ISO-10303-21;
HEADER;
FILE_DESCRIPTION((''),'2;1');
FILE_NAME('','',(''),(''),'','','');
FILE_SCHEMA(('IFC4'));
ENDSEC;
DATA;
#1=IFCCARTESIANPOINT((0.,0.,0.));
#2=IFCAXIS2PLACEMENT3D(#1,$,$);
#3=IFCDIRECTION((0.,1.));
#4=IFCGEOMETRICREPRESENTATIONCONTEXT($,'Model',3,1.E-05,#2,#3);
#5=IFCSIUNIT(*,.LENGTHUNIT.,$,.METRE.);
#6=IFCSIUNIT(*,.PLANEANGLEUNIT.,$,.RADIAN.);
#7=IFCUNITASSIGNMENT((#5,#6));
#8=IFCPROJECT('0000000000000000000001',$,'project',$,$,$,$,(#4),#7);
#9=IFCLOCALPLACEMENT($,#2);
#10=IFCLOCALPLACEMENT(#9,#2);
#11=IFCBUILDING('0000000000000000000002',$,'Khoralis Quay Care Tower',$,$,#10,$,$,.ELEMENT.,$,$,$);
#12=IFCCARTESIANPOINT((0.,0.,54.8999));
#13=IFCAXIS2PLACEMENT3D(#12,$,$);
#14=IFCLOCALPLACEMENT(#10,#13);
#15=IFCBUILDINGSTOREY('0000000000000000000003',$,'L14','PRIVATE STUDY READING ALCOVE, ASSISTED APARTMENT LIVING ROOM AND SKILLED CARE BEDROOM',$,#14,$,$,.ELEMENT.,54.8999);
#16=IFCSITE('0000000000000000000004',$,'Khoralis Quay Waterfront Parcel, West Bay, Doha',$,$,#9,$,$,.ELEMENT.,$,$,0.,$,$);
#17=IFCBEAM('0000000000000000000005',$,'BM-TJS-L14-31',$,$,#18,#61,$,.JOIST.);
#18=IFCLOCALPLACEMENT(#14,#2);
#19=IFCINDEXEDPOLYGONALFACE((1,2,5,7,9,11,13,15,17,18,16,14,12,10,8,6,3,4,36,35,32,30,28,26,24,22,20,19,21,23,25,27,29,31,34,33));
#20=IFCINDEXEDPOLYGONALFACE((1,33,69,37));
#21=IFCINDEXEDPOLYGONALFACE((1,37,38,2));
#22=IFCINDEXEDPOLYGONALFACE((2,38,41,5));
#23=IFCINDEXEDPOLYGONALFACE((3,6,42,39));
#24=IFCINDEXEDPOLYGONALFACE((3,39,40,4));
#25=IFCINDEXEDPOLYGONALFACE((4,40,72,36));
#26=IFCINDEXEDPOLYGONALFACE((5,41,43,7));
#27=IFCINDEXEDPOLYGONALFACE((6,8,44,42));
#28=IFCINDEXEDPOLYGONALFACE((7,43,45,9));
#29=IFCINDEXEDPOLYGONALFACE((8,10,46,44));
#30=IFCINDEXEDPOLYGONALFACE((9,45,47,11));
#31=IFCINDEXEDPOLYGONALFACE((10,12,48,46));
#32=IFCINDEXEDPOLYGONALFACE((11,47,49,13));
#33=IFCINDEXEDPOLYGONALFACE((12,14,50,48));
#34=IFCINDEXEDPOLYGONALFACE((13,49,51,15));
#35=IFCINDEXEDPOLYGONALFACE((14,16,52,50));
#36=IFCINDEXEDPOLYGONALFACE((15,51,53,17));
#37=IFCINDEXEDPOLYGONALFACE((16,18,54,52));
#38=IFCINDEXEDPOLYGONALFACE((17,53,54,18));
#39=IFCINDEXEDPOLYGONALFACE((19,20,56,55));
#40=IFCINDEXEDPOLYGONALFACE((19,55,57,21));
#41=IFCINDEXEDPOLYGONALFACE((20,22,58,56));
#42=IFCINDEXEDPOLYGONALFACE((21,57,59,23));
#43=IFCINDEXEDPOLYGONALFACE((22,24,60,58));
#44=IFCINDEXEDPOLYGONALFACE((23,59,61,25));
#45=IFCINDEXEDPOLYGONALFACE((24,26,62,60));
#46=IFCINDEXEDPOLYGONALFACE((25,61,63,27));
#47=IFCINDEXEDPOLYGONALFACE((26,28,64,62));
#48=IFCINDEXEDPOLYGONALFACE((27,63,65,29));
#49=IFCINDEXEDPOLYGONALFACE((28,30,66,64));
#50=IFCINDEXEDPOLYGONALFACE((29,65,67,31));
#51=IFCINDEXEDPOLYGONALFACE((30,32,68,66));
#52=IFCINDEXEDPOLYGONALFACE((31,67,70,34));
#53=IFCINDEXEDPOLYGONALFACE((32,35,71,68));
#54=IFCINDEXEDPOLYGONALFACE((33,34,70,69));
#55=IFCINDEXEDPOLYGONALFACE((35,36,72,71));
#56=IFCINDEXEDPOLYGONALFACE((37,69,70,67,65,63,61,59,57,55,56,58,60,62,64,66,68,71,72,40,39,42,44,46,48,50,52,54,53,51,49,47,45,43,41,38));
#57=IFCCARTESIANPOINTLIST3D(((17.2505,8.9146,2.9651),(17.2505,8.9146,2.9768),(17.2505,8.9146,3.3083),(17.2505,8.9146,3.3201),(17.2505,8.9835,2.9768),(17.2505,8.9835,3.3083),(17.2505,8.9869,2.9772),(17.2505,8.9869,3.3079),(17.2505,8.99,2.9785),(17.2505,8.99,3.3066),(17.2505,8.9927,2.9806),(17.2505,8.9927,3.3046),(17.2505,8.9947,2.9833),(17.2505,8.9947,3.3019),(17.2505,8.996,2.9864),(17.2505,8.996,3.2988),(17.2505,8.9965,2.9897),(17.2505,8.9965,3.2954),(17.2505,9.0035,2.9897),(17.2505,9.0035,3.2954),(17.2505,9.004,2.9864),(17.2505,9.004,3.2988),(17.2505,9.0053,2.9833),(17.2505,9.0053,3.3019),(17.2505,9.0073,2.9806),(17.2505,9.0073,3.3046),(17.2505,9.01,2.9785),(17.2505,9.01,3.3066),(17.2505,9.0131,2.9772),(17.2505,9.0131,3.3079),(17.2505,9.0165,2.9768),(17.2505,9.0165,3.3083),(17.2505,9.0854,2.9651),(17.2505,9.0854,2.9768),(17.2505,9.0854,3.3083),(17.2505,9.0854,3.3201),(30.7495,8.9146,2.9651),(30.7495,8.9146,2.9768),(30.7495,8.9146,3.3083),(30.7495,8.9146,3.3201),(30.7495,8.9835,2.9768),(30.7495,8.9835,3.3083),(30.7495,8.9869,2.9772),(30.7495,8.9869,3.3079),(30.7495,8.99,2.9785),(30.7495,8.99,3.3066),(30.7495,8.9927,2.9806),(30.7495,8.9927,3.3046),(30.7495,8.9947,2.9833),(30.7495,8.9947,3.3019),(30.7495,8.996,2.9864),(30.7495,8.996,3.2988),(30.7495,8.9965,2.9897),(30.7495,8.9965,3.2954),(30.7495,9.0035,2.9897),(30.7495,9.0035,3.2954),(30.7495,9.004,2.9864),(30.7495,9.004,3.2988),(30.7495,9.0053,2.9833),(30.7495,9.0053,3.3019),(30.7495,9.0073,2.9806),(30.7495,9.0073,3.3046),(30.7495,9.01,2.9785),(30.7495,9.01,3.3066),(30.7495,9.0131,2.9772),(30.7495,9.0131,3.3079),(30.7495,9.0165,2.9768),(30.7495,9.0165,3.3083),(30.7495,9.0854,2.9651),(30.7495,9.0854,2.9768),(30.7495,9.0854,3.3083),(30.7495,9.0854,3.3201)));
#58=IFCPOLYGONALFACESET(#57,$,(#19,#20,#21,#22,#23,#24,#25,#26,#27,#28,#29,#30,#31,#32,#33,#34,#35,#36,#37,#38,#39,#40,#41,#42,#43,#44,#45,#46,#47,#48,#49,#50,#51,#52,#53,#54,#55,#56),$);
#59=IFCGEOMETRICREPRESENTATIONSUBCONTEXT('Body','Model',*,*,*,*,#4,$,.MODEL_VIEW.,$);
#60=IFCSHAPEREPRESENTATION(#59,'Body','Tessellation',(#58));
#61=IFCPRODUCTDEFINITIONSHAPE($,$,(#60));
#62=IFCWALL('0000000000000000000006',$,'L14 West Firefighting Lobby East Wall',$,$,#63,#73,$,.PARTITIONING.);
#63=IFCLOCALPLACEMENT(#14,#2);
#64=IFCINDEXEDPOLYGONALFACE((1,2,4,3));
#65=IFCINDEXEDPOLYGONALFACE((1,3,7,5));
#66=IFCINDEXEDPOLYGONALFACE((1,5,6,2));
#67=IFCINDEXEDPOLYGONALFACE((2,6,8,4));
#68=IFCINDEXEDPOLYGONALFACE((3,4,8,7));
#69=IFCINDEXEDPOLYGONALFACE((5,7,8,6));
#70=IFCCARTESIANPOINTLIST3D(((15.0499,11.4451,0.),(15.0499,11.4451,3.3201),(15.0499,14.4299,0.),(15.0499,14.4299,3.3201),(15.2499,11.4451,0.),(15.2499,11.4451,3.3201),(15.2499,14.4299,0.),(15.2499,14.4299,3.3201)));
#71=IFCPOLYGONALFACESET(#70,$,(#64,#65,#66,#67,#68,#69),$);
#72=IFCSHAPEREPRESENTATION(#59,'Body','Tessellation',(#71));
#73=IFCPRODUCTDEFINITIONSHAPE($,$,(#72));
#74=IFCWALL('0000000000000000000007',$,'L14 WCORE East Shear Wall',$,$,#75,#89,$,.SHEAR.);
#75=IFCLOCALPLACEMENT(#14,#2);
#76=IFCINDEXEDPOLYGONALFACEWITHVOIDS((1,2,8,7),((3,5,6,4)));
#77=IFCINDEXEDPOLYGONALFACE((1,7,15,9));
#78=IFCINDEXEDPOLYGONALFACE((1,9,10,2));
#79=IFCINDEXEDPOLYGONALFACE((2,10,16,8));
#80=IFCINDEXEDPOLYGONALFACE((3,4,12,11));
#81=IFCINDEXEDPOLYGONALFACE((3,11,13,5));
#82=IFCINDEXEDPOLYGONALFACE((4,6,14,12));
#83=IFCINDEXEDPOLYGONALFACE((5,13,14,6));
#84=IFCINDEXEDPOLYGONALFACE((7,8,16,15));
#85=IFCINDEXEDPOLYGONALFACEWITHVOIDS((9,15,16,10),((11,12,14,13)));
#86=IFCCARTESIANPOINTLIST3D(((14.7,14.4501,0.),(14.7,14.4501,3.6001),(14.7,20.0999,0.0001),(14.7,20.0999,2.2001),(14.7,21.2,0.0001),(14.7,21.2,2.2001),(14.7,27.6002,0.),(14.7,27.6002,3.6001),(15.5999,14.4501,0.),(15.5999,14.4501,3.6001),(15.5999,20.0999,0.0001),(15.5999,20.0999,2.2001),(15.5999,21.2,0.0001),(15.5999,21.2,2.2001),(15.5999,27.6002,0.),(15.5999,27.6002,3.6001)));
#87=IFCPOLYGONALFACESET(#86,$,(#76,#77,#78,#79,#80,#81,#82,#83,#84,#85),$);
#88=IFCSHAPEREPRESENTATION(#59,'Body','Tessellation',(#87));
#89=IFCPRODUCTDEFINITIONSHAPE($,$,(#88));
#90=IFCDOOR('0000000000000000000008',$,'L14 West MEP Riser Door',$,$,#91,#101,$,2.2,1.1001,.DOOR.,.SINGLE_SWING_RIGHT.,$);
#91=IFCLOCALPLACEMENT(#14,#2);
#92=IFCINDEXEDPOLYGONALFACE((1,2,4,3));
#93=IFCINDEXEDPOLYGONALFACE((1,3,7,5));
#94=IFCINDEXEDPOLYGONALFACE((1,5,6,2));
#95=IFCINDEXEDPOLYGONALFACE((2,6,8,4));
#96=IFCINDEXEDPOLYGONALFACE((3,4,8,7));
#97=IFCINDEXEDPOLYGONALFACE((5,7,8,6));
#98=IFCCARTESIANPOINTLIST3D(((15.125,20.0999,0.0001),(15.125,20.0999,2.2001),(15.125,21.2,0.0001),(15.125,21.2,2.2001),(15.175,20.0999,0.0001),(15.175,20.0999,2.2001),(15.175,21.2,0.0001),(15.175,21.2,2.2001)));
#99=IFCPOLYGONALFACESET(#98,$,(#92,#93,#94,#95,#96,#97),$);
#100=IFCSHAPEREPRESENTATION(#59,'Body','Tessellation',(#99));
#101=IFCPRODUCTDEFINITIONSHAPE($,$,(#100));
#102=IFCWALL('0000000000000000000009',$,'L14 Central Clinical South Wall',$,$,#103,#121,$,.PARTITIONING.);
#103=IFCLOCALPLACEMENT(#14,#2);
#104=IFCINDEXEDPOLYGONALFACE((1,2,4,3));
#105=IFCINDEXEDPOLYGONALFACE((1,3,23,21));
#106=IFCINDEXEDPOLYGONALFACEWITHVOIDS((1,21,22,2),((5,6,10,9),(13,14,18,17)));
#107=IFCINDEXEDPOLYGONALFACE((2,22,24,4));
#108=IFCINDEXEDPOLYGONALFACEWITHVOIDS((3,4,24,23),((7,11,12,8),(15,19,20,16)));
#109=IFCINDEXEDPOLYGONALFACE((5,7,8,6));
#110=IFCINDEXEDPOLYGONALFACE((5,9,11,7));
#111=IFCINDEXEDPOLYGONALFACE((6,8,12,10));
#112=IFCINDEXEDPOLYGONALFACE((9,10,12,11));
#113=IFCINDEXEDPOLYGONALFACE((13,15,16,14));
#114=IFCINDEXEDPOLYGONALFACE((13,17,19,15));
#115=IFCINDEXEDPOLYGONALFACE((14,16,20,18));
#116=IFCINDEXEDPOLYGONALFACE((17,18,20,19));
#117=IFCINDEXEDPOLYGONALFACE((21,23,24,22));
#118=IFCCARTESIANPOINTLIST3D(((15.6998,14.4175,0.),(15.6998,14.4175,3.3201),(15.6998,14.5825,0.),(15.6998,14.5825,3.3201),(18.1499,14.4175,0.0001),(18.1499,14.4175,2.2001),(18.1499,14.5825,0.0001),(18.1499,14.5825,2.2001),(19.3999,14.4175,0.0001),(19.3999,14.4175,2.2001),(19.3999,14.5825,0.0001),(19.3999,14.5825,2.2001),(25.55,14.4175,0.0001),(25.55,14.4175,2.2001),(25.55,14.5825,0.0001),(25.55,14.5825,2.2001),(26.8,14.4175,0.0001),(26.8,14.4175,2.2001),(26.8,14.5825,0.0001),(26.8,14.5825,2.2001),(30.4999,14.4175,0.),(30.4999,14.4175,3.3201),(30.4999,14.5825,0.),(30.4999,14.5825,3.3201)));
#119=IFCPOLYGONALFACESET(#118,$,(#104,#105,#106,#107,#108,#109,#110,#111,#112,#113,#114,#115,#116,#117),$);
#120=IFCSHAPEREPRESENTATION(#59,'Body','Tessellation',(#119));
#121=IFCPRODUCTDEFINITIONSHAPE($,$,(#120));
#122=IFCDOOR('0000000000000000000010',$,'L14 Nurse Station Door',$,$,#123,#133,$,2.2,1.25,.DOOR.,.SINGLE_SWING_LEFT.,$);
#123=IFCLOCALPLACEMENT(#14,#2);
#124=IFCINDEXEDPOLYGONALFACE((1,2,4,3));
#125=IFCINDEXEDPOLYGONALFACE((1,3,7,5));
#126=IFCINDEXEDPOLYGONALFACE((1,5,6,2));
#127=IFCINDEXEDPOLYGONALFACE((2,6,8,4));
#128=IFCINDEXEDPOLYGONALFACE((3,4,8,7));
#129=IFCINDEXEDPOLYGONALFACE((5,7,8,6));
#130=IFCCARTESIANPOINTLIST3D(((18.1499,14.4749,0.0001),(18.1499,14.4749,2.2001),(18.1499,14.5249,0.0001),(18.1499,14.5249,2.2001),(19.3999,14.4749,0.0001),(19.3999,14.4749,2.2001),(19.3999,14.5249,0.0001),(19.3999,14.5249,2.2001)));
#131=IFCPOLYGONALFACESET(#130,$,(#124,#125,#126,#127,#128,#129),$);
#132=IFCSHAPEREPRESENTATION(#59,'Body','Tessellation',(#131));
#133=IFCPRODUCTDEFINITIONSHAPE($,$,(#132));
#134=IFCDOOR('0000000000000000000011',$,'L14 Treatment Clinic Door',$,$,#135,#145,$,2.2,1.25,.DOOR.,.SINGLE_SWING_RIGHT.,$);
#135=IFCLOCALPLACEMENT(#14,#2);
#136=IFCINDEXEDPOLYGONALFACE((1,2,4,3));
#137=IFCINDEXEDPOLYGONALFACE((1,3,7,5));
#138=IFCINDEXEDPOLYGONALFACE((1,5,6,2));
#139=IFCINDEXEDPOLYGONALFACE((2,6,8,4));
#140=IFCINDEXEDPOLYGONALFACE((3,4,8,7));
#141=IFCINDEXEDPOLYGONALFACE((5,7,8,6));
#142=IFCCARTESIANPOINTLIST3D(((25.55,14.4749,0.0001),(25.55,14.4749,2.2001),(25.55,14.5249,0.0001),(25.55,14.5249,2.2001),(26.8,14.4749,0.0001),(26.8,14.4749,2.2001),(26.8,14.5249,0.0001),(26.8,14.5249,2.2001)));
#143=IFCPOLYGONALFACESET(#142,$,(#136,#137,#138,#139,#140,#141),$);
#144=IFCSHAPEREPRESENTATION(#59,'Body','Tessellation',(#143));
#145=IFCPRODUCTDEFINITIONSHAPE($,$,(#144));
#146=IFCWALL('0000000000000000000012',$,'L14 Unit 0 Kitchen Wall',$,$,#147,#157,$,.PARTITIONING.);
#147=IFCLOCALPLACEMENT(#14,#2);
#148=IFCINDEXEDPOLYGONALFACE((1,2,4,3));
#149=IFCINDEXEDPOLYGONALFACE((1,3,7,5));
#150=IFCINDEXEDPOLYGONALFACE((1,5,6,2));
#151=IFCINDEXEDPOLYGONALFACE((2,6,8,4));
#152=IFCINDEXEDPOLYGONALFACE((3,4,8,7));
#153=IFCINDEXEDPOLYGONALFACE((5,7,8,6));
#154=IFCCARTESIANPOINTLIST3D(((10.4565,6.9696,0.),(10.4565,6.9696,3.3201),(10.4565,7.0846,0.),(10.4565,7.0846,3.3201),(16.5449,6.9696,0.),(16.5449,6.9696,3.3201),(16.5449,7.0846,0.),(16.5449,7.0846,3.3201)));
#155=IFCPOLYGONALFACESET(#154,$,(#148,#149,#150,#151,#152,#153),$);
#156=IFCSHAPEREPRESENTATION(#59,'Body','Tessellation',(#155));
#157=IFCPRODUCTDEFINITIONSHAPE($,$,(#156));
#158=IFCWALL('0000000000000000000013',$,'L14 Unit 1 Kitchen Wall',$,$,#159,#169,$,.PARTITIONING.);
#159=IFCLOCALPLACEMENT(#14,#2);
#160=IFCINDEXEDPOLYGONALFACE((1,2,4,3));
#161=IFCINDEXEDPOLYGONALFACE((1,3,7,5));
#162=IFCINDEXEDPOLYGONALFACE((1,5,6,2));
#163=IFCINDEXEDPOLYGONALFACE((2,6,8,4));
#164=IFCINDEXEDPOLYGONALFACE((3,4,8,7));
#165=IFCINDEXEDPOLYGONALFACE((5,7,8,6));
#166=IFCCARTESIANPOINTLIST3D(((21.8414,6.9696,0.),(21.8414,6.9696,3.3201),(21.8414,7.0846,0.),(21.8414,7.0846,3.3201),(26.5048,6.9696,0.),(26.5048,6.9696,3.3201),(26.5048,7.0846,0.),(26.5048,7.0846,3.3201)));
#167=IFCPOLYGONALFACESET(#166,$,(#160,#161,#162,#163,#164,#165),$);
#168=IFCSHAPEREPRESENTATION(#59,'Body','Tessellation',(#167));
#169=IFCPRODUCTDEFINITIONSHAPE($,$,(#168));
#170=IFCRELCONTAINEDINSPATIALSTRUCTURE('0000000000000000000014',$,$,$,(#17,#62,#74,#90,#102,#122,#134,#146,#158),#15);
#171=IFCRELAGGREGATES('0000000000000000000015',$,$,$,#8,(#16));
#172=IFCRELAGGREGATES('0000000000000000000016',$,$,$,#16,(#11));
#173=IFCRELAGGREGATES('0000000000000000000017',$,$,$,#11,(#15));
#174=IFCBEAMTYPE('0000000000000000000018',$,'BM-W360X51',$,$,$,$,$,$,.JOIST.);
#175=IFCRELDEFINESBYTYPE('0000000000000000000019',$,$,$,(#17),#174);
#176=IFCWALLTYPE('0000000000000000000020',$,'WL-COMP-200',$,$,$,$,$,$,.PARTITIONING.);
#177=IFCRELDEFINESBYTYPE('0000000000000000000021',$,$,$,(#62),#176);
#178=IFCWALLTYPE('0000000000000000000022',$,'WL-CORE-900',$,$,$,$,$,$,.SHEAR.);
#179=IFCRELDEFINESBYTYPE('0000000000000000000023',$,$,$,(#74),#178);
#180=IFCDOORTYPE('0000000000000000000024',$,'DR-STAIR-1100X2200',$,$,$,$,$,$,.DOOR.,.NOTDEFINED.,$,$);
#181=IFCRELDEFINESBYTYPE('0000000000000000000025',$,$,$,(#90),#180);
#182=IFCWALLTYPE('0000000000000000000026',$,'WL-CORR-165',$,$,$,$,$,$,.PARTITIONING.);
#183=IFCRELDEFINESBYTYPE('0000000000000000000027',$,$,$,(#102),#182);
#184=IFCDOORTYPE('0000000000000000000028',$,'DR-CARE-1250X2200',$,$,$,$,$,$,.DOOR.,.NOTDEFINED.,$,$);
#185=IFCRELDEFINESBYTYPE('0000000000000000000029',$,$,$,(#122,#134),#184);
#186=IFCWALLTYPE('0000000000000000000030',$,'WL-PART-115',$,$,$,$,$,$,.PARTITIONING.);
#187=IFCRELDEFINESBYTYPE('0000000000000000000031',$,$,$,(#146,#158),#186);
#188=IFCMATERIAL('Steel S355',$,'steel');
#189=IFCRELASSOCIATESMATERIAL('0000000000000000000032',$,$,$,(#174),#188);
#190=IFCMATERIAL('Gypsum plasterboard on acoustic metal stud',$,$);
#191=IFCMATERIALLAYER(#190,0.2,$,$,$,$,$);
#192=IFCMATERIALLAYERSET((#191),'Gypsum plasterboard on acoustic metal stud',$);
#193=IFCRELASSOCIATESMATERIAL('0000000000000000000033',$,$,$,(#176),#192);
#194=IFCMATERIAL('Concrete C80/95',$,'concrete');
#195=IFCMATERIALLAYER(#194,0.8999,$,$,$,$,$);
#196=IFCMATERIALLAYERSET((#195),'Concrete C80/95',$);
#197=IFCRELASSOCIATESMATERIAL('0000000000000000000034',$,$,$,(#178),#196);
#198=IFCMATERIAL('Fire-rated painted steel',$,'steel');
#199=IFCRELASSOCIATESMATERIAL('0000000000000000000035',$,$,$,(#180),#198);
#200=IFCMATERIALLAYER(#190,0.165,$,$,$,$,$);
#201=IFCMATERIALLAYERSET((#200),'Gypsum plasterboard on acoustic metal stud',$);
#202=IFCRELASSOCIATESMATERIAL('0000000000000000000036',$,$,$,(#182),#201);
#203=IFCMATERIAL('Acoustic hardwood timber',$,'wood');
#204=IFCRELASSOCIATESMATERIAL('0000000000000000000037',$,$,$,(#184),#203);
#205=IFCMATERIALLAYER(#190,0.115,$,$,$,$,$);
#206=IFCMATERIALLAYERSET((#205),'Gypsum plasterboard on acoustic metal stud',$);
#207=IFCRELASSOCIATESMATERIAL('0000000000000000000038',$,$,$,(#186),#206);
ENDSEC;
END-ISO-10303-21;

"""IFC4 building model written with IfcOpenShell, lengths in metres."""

from ifc_helpers import new_model, si_unit, direction, frame, frame_2d, origin, origin_2d, place, context, subcontext, project, spatial, rectangle, i_section, extrude, source, transform, mapped, material, layer, layer_set, material_profile, profile_set, type_object, element, fill, save


model = new_model("IFC4")

# Units and contexts
model_context = context("Model", 3, precision=1e-05, world=origin(), true_north=direction((0.0, 1.0)))
body_context = subcontext(model_context, "Body", "Model", "MODEL_VIEW")
ifc_project = project(units=[si_unit("LENGTHUNIT", "METRE"), si_unit("PLANEANGLEUNIT", "RADIAN")], contexts=[model_context])

# Site, building, storey
site_placement = place(None, origin())
site = spatial("IfcSite", under=ifc_project, at=site_placement, Name="Khoralis Quay Waterfront Parcel, West Bay, Doha", CompositionType="ELEMENT", RefElevation=0.0)
building_placement = place(site_placement, origin())
building = spatial("IfcBuilding", under=site, at=building_placement, Name="Khoralis Quay Care Tower", CompositionType="ELEMENT")
storey_placement = place(building_placement, frame((0.0, 0.0, 54.8999)))
storey = spatial("IfcBuildingStorey", under=building, at=storey_placement, Name="L14", Description="PRIVATE STUDY READING ALCOVE, ASSISTED APARTMENT LIVING ROOM AND SKILLED CARE BEDROOM", CompositionType="ELEMENT", Elevation=54.8999)

# Beam
ifc_material_1 = material(Name="Concrete C80/95", Category="concrete")
ifc_material_2 = material(Name="Steel S355", Category="steel")
ifc_material_profile_1 = material_profile(ifc_material_2, i_section(OverallWidth=0.1709, OverallDepth=0.355, WebThickness=0.0071, FlangeThickness=0.0117, FilletRadius=0.0129, at=origin_2d()), Name="Steel S355")
ifc_profile_set_1 = profile_set([ifc_material_profile_1], Name="Steel S355")
beam_type_1 = type_object("IfcBeamType", Name="BM-W360X51", PredefinedType="JOIST", material=ifc_profile_set_1)
shared_shape_1 = source(origin(), body_context, "Body", "SweptSolid", [
    extrude(i_section(OverallWidth=0.1709, OverallDepth=0.355, WebThickness=0.0071, FlangeThickness=0.0117, FilletRadius=0.0129, at=origin_2d()), origin(), (0.0, 0.0, 1.0), 13.499),
])
beam_1_placement = place(storey_placement, frame((17.2505, 9.0, 3.1426), z_axis=(1.0, 0.0, 0.0), x_axis=(0.0, 1.0, 0.0)))
element("IfcBeam", 1, at=beam_1_placement, inside=storey, type_object=beam_type_1, Name="BM-TJS-L14-31", PredefinedType="JOIST", context=body_context, shape_type="MappedRepresentation", body=[
    mapped(shared_shape_1, transform((0.0, 0.0, 0.0), scale=1.0)),
])

# Wall
ifc_material_3 = material(Name="Gypsum plasterboard on acoustic metal stud")
ifc_layer_1 = layer(ifc_material_3, 0.2)
ifc_layer_set_1 = layer_set([ifc_layer_1], Name="Gypsum plasterboard on acoustic metal stud")
wall_type_1 = type_object("IfcWallType", Name="WL-COMP-200", PredefinedType="PARTITIONING", material=ifc_layer_set_1)
wall_1_placement = place(storey_placement, frame((15.1499, 11.4451, 0.0), z_axis=(0.0, 0.0, 1.0), x_axis=(0.0, 1.0, 0.0)))
element("IfcWall", 2, at=wall_1_placement, inside=storey, type_object=wall_type_1, Name="L14 West Firefighting Lobby East Wall", PredefinedType="PARTITIONING", context=body_context, shape_type="SweptSolid", body=[
    extrude(rectangle(XDim=2.9849, YDim=0.2, at=frame_2d((1.4924, 0.0))), origin(), (0.0, 0.0, 1.0), 3.3201),
])

# Wall, opening, door
ifc_layer_2 = layer(ifc_material_1, 0.8999)
ifc_layer_set_2 = layer_set([ifc_layer_2], Name="Concrete C80/95")
wall_type_2 = type_object("IfcWallType", Name="WL-CORE-900", PredefinedType="SHEAR", material=ifc_layer_set_2)
wall_2_placement = place(storey_placement, frame((15.1499, 14.45, 0.0), z_axis=(0.0, 0.0, 1.0), x_axis=(0.0, 1.0, 0.0)))
wall_2 = element("IfcWall", 3, at=wall_2_placement, inside=storey, type_object=wall_type_2, Name="L14 WCORE East Shear Wall", PredefinedType="SHEAR", context=body_context, shape_type="SweptSolid", body=[
    extrude(rectangle(XDim=13.1501, YDim=0.8999, at=frame_2d((6.5752, 0.0))), origin(), (0.0, 0.0, 1.0), 3.6001),
])
opening_1_placement = place(wall_2_placement, frame((5.6499, 0.0, 0.0)))
opening_1 = element("IfcOpeningElement", 4, at=opening_1_placement, cuts=wall_2, PredefinedType="OPENING", context=body_context, shape_type="SweptSolid", body=[
    extrude(rectangle(XDim=1.1001, YDim=2.2, at=frame_2d((0.55, 1.1001))), frame((0.0, 0.46, 0.0), z_axis=(0.0, -1.0, 0.0), x_axis=(1.0, 0.0, 0.0)), (0.0, 0.0, 1.0), 0.9199),
])
ifc_material_4 = material(Name="Fire-rated painted steel", Category="steel")
door_type_1 = type_object("IfcDoorType", Name="DR-STAIR-1100X2200", OperationType="NOTDEFINED", PredefinedType="DOOR", material=ifc_material_4)
shared_shape_2 = source(origin(), body_context, "Body", "SweptSolid", [
    extrude(rectangle(XDim=1.1001, YDim=2.2, at=frame_2d((0.55, 1.1001))), frame((0.0, 0.0249, 0.0), z_axis=(0.0, -1.0, 0.0), x_axis=(1.0, 0.0, 0.0)), (0.0, 0.0, 1.0), 0.05),
])
door_1_placement = place(opening_1_placement, origin())
door_1 = element("IfcDoor", 5, at=door_1_placement, inside=storey, type_object=door_type_1, Name="L14 West MEP Riser Door", OperationType="SINGLE_SWING_RIGHT", OverallHeight=2.2, OverallWidth=1.1001, PredefinedType="DOOR", context=body_context, shape_type="MappedRepresentation", body=[
    mapped(shared_shape_2, transform((0.0, 0.0, 0.0), scale=1.0)),
])
fill(opening_1, door_1)

# Wall, openings, doors
ifc_layer_3 = layer(ifc_material_3, 0.165)
ifc_layer_set_3 = layer_set([ifc_layer_3], Name="Gypsum plasterboard on acoustic metal stud")
wall_type_3 = type_object("IfcWallType", Name="WL-CORR-165", PredefinedType="PARTITIONING", material=ifc_layer_set_3)
wall_3_placement = place(storey_placement, frame((15.7, 14.5, 0.0), z_axis=(0.0, 0.0, 1.0), x_axis=(1.0, 0.0, 0.0)))
wall_3 = element("IfcWall", 6, at=wall_3_placement, inside=storey, type_object=wall_type_3, Name="L14 Central Clinical South Wall", PredefinedType="PARTITIONING", context=body_context, shape_type="SweptSolid", body=[
    extrude(rectangle(XDim=14.8, YDim=0.165, at=frame_2d((7.3999, 0.0))), origin(), (0.0, 0.0, 1.0), 3.3201),
])
opening_2_placement = place(wall_3_placement, frame((2.45, 0.0, 0.0)))
opening_2 = element("IfcOpeningElement", 7, at=opening_2_placement, cuts=wall_3, PredefinedType="OPENING", context=body_context, shape_type="SweptSolid", body=[
    extrude(rectangle(XDim=1.25, YDim=2.2, at=frame_2d((0.625, 1.1001))), frame((0.0, 0.0925, 0.0), z_axis=(0.0, -1.0, 0.0), x_axis=(1.0, 0.0, 0.0)), (0.0, 0.0, 1.0), 0.1851),
])
opening_3_placement = place(wall_3_placement, frame((9.8501, 0.0, 0.0)))
opening_3 = element("IfcOpeningElement", 8, at=opening_3_placement, cuts=wall_3, PredefinedType="OPENING", context=body_context, shape_type="SweptSolid", body=[
    extrude(rectangle(XDim=1.25, YDim=2.2, at=frame_2d((0.625, 1.1001))), frame((0.0, 0.0925, 0.0), z_axis=(0.0, -1.0, 0.0), x_axis=(1.0, 0.0, 0.0)), (0.0, 0.0, 1.0), 0.1851),
])
ifc_material_5 = material(Name="Acoustic hardwood timber", Category="wood")
door_type_2 = type_object("IfcDoorType", Name="DR-CARE-1250X2200", OperationType="NOTDEFINED", PredefinedType="DOOR", material=ifc_material_5)
shared_shape_3 = source(origin(), body_context, "Body", "SweptSolid", [
    extrude(rectangle(XDim=1.25, YDim=2.2, at=frame_2d((0.625, 1.1001))), frame((0.0, 0.0249, 0.0), z_axis=(0.0, -1.0, 0.0), x_axis=(1.0, 0.0, 0.0)), (0.0, 0.0, 1.0), 0.05),
])
door_2_placement = place(opening_2_placement, origin())
door_2 = element("IfcDoor", 9, at=door_2_placement, inside=storey, type_object=door_type_2, Name="L14 Nurse Station Door", OperationType="SINGLE_SWING_LEFT", OverallHeight=2.2, OverallWidth=1.25, PredefinedType="DOOR", context=body_context, shape_type="MappedRepresentation", body=[
    mapped(shared_shape_3, transform((0.0, 0.0, 0.0), scale=1.0)),
])
fill(opening_2, door_2)
door_3_placement = place(opening_3_placement, origin())
door_3 = element("IfcDoor", 10, at=door_3_placement, inside=storey, type_object=door_type_2, Name="L14 Treatment Clinic Door", OperationType="SINGLE_SWING_RIGHT", OverallHeight=2.2, OverallWidth=1.25, PredefinedType="DOOR", context=body_context, shape_type="MappedRepresentation", body=[
    mapped(shared_shape_3, transform((0.0, 0.0, 0.0), scale=1.0)),
])
fill(opening_3, door_3)

# Walls
ifc_layer_4 = layer(ifc_material_3, 0.115)
ifc_layer_set_4 = layer_set([ifc_layer_4], Name="Gypsum plasterboard on acoustic metal stud")
wall_type_4 = type_object("IfcWallType", Name="WL-PART-115", PredefinedType="PARTITIONING", material=ifc_layer_set_4)
wall_4_placement = place(storey_placement, frame((10.4565, 7.0271, 0.0), z_axis=(0.0, 0.0, 1.0), x_axis=(1.0, 0.0, 0.0)))
element("IfcWall", 11, at=wall_4_placement, inside=storey, type_object=wall_type_4, Name="L14 Unit 0 Kitchen Wall", PredefinedType="PARTITIONING", context=body_context, shape_type="SweptSolid", body=[
    extrude(rectangle(XDim=6.0884, YDim=0.115, at=frame_2d((3.0442, 0.0))), origin(), (0.0, 0.0, 1.0), 3.3201),
])
wall_5_placement = place(storey_placement, frame((21.8416, 7.0271, 0.0), z_axis=(0.0, 0.0, 1.0), x_axis=(1.0, 0.0, 0.0)))
element("IfcWall", 12, at=wall_5_placement, inside=storey, type_object=wall_type_4, Name="L14 Unit 1 Kitchen Wall", PredefinedType="PARTITIONING", context=body_context, shape_type="SweptSolid", body=[
    extrude(rectangle(XDim=4.6633, YDim=0.115, at=frame_2d((2.3315, 0.0))), origin(), (0.0, 0.0, 1.0), 3.3201),
])

save(model, "model.ifc")
